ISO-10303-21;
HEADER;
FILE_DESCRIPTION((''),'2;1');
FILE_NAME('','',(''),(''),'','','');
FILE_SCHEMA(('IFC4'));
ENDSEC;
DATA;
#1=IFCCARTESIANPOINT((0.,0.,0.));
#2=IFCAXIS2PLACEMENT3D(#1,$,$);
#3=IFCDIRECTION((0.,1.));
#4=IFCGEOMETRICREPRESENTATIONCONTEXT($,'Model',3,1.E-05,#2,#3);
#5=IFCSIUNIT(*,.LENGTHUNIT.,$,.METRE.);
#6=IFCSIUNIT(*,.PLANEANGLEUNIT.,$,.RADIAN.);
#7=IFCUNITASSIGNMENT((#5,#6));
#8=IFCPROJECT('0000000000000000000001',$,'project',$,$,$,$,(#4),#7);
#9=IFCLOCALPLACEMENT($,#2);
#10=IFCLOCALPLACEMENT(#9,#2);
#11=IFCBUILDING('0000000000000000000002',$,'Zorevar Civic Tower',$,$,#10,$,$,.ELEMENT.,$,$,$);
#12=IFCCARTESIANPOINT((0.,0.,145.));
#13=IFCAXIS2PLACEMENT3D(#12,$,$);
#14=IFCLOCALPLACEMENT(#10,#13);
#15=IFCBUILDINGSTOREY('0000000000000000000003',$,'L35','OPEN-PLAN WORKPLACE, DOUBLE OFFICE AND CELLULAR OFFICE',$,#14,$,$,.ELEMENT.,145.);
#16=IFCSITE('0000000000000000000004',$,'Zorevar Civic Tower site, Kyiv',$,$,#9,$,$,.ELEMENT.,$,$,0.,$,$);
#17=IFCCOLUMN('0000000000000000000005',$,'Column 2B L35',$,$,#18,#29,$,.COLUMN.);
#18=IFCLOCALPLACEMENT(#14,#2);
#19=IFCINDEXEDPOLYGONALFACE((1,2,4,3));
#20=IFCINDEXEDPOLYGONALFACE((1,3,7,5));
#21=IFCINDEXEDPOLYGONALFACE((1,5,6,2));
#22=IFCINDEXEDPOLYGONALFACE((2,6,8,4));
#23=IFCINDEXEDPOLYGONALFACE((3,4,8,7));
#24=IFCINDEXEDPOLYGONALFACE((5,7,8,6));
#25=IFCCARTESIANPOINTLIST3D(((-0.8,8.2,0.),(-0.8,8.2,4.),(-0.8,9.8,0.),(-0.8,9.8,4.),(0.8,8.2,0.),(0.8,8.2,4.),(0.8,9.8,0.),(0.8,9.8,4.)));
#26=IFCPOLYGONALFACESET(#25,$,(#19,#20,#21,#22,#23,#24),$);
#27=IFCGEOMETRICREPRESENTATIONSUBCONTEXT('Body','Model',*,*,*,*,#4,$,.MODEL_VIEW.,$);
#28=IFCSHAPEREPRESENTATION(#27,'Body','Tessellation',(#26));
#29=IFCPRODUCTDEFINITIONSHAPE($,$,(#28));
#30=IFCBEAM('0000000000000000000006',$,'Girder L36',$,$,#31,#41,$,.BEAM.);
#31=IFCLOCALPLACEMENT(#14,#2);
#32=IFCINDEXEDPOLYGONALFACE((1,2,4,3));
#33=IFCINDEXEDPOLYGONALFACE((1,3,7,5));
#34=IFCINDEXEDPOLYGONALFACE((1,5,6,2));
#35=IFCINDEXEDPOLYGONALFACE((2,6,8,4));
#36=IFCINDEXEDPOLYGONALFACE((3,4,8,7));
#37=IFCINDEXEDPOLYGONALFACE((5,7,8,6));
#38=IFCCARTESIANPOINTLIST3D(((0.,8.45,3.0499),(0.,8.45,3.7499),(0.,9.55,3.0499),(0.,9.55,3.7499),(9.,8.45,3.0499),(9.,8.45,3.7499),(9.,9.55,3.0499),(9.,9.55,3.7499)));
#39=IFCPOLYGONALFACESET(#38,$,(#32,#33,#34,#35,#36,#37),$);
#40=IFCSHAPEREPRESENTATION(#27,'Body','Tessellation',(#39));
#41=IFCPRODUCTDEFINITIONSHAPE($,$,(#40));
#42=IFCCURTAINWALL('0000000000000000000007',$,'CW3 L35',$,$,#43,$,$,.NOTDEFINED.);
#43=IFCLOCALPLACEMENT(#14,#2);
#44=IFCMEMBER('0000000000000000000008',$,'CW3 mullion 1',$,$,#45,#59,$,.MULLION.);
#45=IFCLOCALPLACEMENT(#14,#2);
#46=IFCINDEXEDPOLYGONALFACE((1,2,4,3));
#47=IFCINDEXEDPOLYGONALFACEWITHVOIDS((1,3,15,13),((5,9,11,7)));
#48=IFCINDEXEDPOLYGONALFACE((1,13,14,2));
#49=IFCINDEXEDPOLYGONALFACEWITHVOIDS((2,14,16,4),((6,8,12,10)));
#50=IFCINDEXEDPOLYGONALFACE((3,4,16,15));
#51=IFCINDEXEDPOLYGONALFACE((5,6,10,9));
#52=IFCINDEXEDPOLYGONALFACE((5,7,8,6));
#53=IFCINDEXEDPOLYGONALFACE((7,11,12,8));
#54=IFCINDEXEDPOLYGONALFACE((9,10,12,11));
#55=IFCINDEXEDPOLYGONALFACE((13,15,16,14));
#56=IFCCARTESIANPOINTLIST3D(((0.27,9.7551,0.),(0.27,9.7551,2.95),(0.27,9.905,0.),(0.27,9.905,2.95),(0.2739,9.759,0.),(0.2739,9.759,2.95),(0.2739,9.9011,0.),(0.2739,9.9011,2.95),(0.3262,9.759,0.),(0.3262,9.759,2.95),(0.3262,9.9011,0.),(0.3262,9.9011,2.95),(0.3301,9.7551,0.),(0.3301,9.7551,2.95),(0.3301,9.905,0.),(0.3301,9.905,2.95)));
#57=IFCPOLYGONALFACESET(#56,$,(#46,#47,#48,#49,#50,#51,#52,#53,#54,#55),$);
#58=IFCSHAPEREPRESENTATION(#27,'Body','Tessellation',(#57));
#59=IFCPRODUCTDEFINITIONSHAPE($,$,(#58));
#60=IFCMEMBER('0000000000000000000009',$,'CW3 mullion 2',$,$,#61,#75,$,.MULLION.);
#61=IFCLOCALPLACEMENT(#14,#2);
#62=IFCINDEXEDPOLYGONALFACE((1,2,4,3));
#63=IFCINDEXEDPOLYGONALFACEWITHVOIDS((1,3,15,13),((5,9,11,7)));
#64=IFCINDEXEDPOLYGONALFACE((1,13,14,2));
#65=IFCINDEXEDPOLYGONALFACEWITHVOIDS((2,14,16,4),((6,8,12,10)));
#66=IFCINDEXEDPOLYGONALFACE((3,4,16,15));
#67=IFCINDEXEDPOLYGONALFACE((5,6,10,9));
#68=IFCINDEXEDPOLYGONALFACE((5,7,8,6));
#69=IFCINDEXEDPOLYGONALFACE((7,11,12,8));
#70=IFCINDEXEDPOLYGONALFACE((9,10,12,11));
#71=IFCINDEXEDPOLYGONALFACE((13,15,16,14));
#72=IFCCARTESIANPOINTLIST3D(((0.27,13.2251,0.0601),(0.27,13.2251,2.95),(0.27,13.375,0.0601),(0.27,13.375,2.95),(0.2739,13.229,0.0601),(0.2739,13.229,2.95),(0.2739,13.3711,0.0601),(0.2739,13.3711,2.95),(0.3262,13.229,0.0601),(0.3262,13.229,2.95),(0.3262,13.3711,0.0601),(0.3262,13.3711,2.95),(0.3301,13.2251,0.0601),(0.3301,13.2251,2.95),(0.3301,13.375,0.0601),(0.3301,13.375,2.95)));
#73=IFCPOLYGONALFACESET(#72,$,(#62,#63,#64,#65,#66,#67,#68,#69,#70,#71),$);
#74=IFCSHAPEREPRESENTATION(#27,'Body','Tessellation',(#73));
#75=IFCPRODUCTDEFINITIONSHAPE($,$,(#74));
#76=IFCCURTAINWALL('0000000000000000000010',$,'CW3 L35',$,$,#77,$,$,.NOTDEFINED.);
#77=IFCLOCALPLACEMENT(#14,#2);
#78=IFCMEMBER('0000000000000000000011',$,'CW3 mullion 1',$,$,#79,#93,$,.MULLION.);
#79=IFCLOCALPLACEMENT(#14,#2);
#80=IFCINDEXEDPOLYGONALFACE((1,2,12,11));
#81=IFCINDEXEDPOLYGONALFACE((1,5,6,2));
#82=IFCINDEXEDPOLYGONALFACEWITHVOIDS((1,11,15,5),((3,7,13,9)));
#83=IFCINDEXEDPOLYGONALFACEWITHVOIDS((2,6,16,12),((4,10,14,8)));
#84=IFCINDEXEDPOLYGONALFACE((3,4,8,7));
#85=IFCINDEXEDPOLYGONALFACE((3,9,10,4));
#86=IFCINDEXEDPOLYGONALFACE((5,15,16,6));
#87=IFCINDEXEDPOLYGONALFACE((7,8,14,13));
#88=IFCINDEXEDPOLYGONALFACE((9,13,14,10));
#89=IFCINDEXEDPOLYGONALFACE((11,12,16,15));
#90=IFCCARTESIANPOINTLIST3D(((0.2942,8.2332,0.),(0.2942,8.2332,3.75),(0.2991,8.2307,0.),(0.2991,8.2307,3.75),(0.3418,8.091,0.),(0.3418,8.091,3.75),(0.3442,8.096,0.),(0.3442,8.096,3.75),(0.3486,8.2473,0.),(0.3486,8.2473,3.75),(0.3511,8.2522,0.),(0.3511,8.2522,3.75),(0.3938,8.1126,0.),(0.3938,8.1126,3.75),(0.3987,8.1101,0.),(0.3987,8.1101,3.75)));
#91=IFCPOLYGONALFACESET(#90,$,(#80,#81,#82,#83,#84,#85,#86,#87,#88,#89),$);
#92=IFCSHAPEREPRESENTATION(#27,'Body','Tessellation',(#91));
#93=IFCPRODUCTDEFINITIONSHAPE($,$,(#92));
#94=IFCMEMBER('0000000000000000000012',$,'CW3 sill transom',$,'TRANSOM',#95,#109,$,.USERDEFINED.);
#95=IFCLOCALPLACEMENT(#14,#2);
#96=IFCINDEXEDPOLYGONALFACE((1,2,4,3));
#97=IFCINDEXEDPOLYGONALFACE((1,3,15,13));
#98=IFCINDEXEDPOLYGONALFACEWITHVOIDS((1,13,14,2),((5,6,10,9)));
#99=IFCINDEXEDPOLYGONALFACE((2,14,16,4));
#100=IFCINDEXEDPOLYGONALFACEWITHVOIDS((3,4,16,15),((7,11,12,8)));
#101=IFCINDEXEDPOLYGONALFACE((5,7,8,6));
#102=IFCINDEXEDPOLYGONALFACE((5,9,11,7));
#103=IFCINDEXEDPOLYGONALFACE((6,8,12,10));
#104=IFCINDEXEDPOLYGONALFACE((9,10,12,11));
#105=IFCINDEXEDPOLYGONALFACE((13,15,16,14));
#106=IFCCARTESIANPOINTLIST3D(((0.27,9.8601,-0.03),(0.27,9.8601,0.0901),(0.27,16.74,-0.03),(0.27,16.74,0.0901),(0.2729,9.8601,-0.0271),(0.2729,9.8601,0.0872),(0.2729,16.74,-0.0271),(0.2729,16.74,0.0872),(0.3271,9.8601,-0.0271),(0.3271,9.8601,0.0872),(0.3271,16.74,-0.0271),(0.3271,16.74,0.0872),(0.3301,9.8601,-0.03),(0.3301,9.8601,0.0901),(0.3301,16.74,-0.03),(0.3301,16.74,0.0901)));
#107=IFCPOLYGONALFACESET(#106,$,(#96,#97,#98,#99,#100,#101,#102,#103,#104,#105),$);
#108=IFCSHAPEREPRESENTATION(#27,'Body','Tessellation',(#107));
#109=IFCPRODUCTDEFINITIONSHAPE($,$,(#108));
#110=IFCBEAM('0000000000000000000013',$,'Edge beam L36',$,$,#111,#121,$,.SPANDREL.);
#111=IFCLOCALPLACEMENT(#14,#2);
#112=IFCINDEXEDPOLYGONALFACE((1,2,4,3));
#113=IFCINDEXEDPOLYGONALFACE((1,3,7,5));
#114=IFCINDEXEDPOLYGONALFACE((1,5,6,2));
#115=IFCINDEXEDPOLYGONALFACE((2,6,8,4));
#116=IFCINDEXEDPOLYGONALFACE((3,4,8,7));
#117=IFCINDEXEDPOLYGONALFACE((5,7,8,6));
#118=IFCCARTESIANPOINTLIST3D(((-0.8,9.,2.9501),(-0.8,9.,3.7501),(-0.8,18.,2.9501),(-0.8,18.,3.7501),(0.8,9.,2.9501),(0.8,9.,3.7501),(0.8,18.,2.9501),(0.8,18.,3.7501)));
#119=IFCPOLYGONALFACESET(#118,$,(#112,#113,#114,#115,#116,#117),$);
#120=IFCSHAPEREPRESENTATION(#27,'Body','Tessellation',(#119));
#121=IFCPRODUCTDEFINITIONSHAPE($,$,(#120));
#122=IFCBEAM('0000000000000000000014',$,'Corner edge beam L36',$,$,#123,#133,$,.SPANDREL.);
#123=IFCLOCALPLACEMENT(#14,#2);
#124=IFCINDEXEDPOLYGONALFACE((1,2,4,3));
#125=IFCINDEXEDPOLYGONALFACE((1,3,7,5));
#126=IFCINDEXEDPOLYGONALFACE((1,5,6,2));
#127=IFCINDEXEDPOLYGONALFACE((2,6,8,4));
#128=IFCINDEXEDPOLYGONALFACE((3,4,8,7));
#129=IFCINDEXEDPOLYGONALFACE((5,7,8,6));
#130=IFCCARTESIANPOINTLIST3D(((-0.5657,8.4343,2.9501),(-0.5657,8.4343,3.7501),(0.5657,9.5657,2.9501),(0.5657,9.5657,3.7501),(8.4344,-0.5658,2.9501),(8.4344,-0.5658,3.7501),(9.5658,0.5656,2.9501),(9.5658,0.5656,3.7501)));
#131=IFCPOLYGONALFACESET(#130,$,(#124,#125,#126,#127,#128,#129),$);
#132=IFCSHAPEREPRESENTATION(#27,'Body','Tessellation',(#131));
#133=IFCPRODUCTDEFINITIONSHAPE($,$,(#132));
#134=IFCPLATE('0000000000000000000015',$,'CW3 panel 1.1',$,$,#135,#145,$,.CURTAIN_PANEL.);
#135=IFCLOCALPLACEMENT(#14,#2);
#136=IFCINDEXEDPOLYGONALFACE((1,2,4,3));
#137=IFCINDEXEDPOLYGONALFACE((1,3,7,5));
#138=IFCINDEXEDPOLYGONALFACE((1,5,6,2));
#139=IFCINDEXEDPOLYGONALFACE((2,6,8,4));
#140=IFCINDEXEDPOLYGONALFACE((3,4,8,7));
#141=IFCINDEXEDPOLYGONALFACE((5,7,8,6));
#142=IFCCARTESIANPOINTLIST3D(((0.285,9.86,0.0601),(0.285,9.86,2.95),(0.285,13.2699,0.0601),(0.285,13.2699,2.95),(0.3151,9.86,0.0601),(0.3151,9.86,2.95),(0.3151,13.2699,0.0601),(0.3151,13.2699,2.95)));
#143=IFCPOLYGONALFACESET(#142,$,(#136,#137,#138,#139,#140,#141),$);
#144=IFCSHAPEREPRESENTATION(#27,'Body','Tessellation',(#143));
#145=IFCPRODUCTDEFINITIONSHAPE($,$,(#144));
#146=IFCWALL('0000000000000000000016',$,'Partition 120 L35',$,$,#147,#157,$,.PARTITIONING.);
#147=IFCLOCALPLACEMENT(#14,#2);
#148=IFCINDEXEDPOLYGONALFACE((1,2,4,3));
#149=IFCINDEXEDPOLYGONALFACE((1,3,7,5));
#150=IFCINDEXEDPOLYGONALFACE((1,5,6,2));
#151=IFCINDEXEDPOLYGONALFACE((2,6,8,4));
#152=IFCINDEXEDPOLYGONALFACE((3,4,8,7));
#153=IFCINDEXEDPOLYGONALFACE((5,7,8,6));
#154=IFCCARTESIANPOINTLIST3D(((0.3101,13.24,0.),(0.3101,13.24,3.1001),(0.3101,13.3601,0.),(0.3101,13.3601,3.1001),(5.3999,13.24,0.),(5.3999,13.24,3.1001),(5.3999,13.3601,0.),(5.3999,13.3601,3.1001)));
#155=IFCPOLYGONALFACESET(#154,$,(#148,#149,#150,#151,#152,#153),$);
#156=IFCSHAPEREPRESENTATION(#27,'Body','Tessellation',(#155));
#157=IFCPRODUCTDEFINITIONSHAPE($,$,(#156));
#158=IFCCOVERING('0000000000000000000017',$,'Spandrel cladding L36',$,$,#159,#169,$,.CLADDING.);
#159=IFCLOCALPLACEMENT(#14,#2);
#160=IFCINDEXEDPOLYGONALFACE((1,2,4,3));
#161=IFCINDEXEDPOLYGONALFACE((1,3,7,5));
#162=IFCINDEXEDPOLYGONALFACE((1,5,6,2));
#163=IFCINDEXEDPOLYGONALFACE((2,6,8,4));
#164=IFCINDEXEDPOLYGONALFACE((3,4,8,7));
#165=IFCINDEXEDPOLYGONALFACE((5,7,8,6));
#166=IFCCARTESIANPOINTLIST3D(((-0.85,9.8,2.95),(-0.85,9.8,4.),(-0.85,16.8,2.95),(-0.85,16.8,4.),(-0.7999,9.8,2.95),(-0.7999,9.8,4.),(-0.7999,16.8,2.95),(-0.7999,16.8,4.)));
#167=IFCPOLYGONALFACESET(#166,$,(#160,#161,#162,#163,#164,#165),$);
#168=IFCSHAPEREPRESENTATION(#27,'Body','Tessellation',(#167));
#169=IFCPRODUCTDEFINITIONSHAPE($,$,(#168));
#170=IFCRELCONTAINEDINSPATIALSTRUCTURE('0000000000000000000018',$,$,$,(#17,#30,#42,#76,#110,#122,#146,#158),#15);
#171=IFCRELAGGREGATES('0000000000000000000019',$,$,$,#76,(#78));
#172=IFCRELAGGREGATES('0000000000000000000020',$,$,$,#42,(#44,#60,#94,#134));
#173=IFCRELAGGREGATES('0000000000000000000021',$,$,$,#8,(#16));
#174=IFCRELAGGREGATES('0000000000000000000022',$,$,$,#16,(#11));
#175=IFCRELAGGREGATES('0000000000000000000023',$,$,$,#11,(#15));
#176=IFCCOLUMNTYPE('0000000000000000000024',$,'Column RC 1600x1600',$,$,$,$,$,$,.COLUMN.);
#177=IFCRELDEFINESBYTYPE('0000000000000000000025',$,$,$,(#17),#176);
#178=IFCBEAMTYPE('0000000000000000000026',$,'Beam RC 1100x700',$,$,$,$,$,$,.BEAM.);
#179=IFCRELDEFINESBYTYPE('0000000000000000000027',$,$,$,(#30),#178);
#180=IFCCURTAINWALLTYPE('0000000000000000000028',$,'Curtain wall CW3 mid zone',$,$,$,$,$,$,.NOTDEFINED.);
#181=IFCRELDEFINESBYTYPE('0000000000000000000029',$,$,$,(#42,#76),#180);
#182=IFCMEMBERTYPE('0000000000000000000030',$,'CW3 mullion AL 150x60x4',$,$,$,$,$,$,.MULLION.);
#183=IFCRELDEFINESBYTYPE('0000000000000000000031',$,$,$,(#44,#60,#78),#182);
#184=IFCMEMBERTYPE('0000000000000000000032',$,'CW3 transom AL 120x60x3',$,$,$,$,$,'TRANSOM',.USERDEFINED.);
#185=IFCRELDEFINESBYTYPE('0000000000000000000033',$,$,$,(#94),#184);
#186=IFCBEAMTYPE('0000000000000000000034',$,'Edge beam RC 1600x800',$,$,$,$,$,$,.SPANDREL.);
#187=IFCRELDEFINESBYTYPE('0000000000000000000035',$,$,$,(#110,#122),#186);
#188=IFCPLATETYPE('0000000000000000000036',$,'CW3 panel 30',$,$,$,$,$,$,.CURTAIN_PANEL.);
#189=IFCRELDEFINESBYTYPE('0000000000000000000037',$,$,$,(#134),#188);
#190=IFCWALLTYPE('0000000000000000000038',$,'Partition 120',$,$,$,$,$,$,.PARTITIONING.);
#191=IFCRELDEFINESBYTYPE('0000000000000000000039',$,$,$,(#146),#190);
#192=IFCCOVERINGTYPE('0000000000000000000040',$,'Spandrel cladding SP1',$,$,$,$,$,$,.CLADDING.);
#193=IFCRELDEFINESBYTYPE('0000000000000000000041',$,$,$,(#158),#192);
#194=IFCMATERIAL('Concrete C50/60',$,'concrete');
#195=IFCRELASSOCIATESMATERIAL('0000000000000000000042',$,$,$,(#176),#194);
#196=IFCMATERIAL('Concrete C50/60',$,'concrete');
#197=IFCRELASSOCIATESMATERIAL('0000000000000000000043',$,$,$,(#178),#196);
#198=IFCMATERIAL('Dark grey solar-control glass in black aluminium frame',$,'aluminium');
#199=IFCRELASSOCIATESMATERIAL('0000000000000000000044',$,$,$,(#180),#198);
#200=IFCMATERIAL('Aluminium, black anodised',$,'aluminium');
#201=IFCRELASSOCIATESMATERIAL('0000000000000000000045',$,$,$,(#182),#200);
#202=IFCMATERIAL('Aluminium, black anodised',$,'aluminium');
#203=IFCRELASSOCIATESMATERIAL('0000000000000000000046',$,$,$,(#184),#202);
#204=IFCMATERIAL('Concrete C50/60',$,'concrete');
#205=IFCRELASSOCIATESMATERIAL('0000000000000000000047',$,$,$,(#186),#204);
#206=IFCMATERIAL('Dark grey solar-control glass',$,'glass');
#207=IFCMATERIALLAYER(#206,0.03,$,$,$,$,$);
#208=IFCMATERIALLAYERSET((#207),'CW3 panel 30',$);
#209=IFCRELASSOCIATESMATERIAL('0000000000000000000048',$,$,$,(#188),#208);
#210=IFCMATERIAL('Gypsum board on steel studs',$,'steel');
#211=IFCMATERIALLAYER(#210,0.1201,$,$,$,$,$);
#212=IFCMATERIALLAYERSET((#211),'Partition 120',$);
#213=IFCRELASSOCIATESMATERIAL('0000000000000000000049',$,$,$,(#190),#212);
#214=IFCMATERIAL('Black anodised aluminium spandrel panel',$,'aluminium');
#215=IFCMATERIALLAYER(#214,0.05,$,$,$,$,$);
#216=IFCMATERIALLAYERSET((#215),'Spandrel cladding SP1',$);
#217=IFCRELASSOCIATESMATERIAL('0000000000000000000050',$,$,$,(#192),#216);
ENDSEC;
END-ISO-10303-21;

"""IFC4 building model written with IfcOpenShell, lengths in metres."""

from ifc_helpers import new_model, si_unit, direction, frame, frame_2d, origin, origin_2d, place, context, subcontext, project, spatial, rectangle, hollow_rectangle, extrude, material, layer, layer_set, material_profile, profile_set, type_object, element, aggregate, save


model = new_model("IFC4")

# Units and contexts
model_context = context("Model", 3, precision=1e-05, world=origin(), true_north=direction((0.0, 1.0)))
body_context = subcontext(model_context, "Body", "Model", "MODEL_VIEW")
ifc_project = project(units=[si_unit("LENGTHUNIT", "METRE"), si_unit("PLANEANGLEUNIT", "RADIAN")], contexts=[model_context])

# Site, building, storey
site_placement = place(None, origin())
site = spatial("IfcSite", under=ifc_project, at=site_placement, Name="Zorevar Civic Tower site, Kyiv", CompositionType="ELEMENT", RefElevation=0.0)
building_placement = place(site_placement, origin())
building = spatial("IfcBuilding", under=site, at=building_placement, Name="Zorevar Civic Tower", CompositionType="ELEMENT")
storey_placement = place(building_placement, frame((0.0, 0.0, 145.0)))
storey = spatial("IfcBuildingStorey", under=building, at=storey_placement, Name="L35", Description="OPEN-PLAN WORKPLACE, DOUBLE OFFICE AND CELLULAR OFFICE", CompositionType="ELEMENT", Elevation=145.0)

# Column
ifc_material_1 = material(Name="Concrete C50/60", Category="concrete")
ifc_material_profile_1 = material_profile(ifc_material_1, rectangle(XDim=1.6001, YDim=1.6001, at=origin_2d()), Name="RC 1600x1600")
ifc_profile_set_1 = profile_set([ifc_material_profile_1], Name="Concrete C50/60")
column_type = type_object("IfcColumnType", Name="Column RC 1600x1600", PredefinedType="COLUMN", material=ifc_profile_set_1)
column_placement = place(storey_placement, frame((0.0, 9.0, 0.0), z_axis=(0.0, 0.0, 1.0), x_axis=(1.0, 0.0, 0.0)))
element("IfcColumn", 1, at=column_placement, inside=storey, type_object=column_type, Name="Column 2B L35", PredefinedType="COLUMN", context=body_context, shape_type="SweptSolid", body=[
    extrude(rectangle(XDim=1.6001, YDim=1.6001, at=origin_2d()), origin(), (0.0, 0.0, 1.0), 4.0),
])

# Beam
ifc_material_2 = material(Name="Concrete C50/60", Category="concrete")
ifc_material_profile_2 = material_profile(ifc_material_2, rectangle(XDim=1.1001, YDim=0.7, at=origin_2d()), Name="RC 1100x700")
ifc_profile_set_2 = profile_set([ifc_material_profile_2], Name="Concrete C50/60")
beam_type_1 = type_object("IfcBeamType", Name="Beam RC 1100x700", PredefinedType="BEAM", material=ifc_profile_set_2)
beam_1_placement = place(storey_placement, frame((0.0, 9.0, 3.3999), z_axis=(1.0, 0.0, 0.0), x_axis=(0.0, 1.0, 0.0)))
element("IfcBeam", 2, at=beam_1_placement, inside=storey, type_object=beam_type_1, Name="Girder L36", PredefinedType="BEAM", context=body_context, shape_type="SweptSolid", body=[
    extrude(rectangle(XDim=1.1001, YDim=0.7, at=origin_2d()), origin(), (0.0, 0.0, 1.0), 9.0),
])

# Curtain wall, members
ifc_material_3 = material(Name="Dark grey solar-control glass in black aluminium frame", Category="aluminium")
curtain_wall_type = type_object("IfcCurtainWallType", Name="Curtain wall CW3 mid zone", PredefinedType="NOTDEFINED", material=ifc_material_3)
curtain_wall_1_placement = place(storey_placement, origin())
curtain_wall_1 = element("IfcCurtainWall", 3, at=curtain_wall_1_placement, inside=storey, type_object=curtain_wall_type, Name="CW3 L35", PredefinedType="NOTDEFINED")
ifc_material_4 = material(Name="Aluminium, black anodised", Category="aluminium")
ifc_material_profile_3 = material_profile(ifc_material_4, hollow_rectangle(XDim=0.0601, YDim=0.1499, WallThickness=0.0039, at=origin_2d()), Name="AL 150x60x4")
ifc_profile_set_3 = profile_set([ifc_material_profile_3], Name="Aluminium, black anodised")
member_type_1 = type_object("IfcMemberType", Name="CW3 mullion AL 150x60x4", PredefinedType="MULLION", material=ifc_profile_set_3)
member_1_placement = place(storey_placement, frame((0.3, 9.8301, 0.0), z_axis=(0.0, 0.0, 1.0), x_axis=(-1.0, 0.0, 0.0)))
member_1 = element("IfcMember", 4, at=member_1_placement, type_object=member_type_1, Name="CW3 mullion 1", PredefinedType="MULLION", context=body_context, shape_type="SweptSolid", body=[
    extrude(hollow_rectangle(XDim=0.0601, YDim=0.1499, WallThickness=0.0039, at=origin_2d()), origin(), (0.0, 0.0, 1.0), 2.95),
])
member_2_placement = place(storey_placement, frame((0.3, 13.3, 0.0601), z_axis=(0.0, 0.0, 1.0), x_axis=(-1.0, 0.0, 0.0)))
member_2 = element("IfcMember", 5, at=member_2_placement, type_object=member_type_1, Name="CW3 mullion 2", PredefinedType="MULLION", context=body_context, shape_type="SweptSolid", body=[
    extrude(hollow_rectangle(XDim=0.0601, YDim=0.1499, WallThickness=0.0039, at=origin_2d()), origin(), (0.0, 0.0, 1.0), 2.8899),
])

# Curtain wall, member
curtain_wall_2_placement = place(storey_placement, origin())
curtain_wall_2 = element("IfcCurtainWall", 6, at=curtain_wall_2_placement, inside=storey, type_object=curtain_wall_type, Name="CW3 L35", PredefinedType="NOTDEFINED")
member_3_placement = place(storey_placement, frame((0.3464, 8.1716, 0.0), z_axis=(0.0, 0.0, 1.0), x_axis=(0.948227, 0.317593, 0.0)))
member_3 = element("IfcMember", 7, at=member_3_placement, type_object=member_type_1, Name="CW3 mullion 1", PredefinedType="MULLION", context=body_context, shape_type="SweptSolid", body=[
    extrude(hollow_rectangle(XDim=0.0601, YDim=0.1499, WallThickness=0.0039, at=origin_2d()), origin(), (0.0, 0.0, 1.0), 3.75),
])
aggregate(curtain_wall_2, [member_3])

# Member
ifc_material_5 = material(Name="Aluminium, black anodised", Category="aluminium")
ifc_material_profile_4 = material_profile(ifc_material_5, hollow_rectangle(XDim=0.0601, YDim=0.1201, WallThickness=0.0029, at=origin_2d()), Name="AL 120x60x3")
ifc_profile_set_4 = profile_set([ifc_material_profile_4], Name="Aluminium, black anodised")
member_type_2 = type_object("IfcMemberType", Name="CW3 transom AL 120x60x3", ElementType="TRANSOM", PredefinedType="USERDEFINED", material=ifc_profile_set_4)
member_4_placement = place(storey_placement, frame((0.3, 9.8601, 0.03), z_axis=(0.0, 1.0, 0.0), x_axis=(-1.0, 0.0, 0.0)))
member_4 = element("IfcMember", 8, at=member_4_placement, type_object=member_type_2, Name="CW3 sill transom", ObjectType="TRANSOM", PredefinedType="USERDEFINED", context=body_context, shape_type="SweptSolid", body=[
    extrude(hollow_rectangle(XDim=0.0601, YDim=0.1201, WallThickness=0.0029, at=origin_2d()), origin(), (0.0, 0.0, 1.0), 6.8799),
])

# Beams
ifc_material_6 = material(Name="Concrete C50/60", Category="concrete")
ifc_material_profile_5 = material_profile(ifc_material_6, rectangle(XDim=1.6001, YDim=0.8, at=origin_2d()), Name="RC 1600x800")
ifc_profile_set_5 = profile_set([ifc_material_profile_5], Name="Concrete C50/60")
beam_type_2 = type_object("IfcBeamType", Name="Edge beam RC 1600x800", PredefinedType="SPANDREL", material=ifc_profile_set_5)
beam_2_placement = place(storey_placement, frame((0.0, 9.0, 3.3501), z_axis=(0.0, 1.0, 0.0), x_axis=(-1.0, 0.0, 0.0)))
element("IfcBeam", 9, at=beam_2_placement, inside=storey, type_object=beam_type_2, Name="Edge beam L36", PredefinedType="SPANDREL", context=body_context, shape_type="SweptSolid", body=[
    extrude(rectangle(XDim=1.6001, YDim=0.8, at=origin_2d()), origin(), (0.0, 0.0, 1.0), 9.0),
])
beam_3_placement = place(storey_placement, frame((0.0, 9.0, 3.3501), z_axis=(0.707107, -0.707107, 0.0), x_axis=(0.707107, 0.707107, 0.0)))
element("IfcBeam", 10, at=beam_3_placement, inside=storey, type_object=beam_type_2, Name="Corner edge beam L36", PredefinedType="SPANDREL", context=body_context, shape_type="SweptSolid", body=[
    extrude(rectangle(XDim=1.6001, YDim=0.8, at=origin_2d()), origin(), (0.0, 0.0, 1.0), 12.728),
])

# Plate
ifc_material_7 = material(Name="Dark grey solar-control glass", Category="glass")
ifc_layer_1 = layer(ifc_material_7, 0.03)
ifc_layer_set_1 = layer_set([ifc_layer_1], Name="CW3 panel 30")
plate_type = type_object("IfcPlateType", Name="CW3 panel 30", PredefinedType="CURTAIN_PANEL", material=ifc_layer_set_1)
plate_placement = place(storey_placement, frame((0.3, 11.5649, 0.0601), z_axis=(0.0, 0.0, 1.0), x_axis=(0.0, 1.0, 0.0)))
plate = element("IfcPlate", 11, at=plate_placement, type_object=plate_type, Name="CW3 panel 1.1", PredefinedType="CURTAIN_PANEL", context=body_context, shape_type="SweptSolid", body=[
    extrude(rectangle(XDim=3.4099, YDim=0.03, at=origin_2d()), origin(), (0.0, 0.0, 1.0), 2.8899),
])
aggregate(curtain_wall_1, [member_1, member_2, member_4, plate])

# Wall
ifc_material_8 = material(Name="Gypsum board on steel studs", Category="steel")
ifc_layer_2 = layer(ifc_material_8, 0.1201)
ifc_layer_set_2 = layer_set([ifc_layer_2], Name="Partition 120")
wall_type = type_object("IfcWallType", Name="Partition 120", PredefinedType="PARTITIONING", material=ifc_layer_set_2)
wall_placement = place(storey_placement, frame((0.3101, 13.3, 0.0), z_axis=(0.0, 0.0, 1.0), x_axis=(1.0, 0.0, 0.0)))
element("IfcWall", 12, at=wall_placement, inside=storey, type_object=wall_type, Name="Partition 120 L35", PredefinedType="PARTITIONING", context=body_context, shape_type="SweptSolid", body=[
    extrude(rectangle(XDim=5.0898, YDim=0.1201, at=frame_2d((2.5449, 0.0))), origin(), (0.0, 0.0, 1.0), 3.1001),
])

# Covering
ifc_material_9 = material(Name="Black anodised aluminium spandrel panel", Category="aluminium")
ifc_layer_3 = layer(ifc_material_9, 0.05)
ifc_layer_set_3 = layer_set([ifc_layer_3], Name="Spandrel cladding SP1")
covering_type_1 = type_object("IfcCoveringType", Name="Spandrel cladding SP1", PredefinedType="CLADDING", material=ifc_layer_set_3)
covering_1_placement = place(storey_placement, frame((-0.825, 9.8, 2.95), z_axis=(0.0, 0.0, 1.0), x_axis=(0.0, 1.0, 0.0)))
element("IfcCovering", 13, at=covering_1_placement, inside=storey, type_object=covering_type_1, Name="Spandrel cladding L36", PredefinedType="CLADDING", context=body_context, shape_type="SweptSolid", body=[
    extrude(rectangle(XDim=7.0, YDim=0.05, at=frame_2d((3.5, 0.0))), origin(), (0.0, 0.0, 1.0), 1.05),
])

save(model, "model.ifc")
